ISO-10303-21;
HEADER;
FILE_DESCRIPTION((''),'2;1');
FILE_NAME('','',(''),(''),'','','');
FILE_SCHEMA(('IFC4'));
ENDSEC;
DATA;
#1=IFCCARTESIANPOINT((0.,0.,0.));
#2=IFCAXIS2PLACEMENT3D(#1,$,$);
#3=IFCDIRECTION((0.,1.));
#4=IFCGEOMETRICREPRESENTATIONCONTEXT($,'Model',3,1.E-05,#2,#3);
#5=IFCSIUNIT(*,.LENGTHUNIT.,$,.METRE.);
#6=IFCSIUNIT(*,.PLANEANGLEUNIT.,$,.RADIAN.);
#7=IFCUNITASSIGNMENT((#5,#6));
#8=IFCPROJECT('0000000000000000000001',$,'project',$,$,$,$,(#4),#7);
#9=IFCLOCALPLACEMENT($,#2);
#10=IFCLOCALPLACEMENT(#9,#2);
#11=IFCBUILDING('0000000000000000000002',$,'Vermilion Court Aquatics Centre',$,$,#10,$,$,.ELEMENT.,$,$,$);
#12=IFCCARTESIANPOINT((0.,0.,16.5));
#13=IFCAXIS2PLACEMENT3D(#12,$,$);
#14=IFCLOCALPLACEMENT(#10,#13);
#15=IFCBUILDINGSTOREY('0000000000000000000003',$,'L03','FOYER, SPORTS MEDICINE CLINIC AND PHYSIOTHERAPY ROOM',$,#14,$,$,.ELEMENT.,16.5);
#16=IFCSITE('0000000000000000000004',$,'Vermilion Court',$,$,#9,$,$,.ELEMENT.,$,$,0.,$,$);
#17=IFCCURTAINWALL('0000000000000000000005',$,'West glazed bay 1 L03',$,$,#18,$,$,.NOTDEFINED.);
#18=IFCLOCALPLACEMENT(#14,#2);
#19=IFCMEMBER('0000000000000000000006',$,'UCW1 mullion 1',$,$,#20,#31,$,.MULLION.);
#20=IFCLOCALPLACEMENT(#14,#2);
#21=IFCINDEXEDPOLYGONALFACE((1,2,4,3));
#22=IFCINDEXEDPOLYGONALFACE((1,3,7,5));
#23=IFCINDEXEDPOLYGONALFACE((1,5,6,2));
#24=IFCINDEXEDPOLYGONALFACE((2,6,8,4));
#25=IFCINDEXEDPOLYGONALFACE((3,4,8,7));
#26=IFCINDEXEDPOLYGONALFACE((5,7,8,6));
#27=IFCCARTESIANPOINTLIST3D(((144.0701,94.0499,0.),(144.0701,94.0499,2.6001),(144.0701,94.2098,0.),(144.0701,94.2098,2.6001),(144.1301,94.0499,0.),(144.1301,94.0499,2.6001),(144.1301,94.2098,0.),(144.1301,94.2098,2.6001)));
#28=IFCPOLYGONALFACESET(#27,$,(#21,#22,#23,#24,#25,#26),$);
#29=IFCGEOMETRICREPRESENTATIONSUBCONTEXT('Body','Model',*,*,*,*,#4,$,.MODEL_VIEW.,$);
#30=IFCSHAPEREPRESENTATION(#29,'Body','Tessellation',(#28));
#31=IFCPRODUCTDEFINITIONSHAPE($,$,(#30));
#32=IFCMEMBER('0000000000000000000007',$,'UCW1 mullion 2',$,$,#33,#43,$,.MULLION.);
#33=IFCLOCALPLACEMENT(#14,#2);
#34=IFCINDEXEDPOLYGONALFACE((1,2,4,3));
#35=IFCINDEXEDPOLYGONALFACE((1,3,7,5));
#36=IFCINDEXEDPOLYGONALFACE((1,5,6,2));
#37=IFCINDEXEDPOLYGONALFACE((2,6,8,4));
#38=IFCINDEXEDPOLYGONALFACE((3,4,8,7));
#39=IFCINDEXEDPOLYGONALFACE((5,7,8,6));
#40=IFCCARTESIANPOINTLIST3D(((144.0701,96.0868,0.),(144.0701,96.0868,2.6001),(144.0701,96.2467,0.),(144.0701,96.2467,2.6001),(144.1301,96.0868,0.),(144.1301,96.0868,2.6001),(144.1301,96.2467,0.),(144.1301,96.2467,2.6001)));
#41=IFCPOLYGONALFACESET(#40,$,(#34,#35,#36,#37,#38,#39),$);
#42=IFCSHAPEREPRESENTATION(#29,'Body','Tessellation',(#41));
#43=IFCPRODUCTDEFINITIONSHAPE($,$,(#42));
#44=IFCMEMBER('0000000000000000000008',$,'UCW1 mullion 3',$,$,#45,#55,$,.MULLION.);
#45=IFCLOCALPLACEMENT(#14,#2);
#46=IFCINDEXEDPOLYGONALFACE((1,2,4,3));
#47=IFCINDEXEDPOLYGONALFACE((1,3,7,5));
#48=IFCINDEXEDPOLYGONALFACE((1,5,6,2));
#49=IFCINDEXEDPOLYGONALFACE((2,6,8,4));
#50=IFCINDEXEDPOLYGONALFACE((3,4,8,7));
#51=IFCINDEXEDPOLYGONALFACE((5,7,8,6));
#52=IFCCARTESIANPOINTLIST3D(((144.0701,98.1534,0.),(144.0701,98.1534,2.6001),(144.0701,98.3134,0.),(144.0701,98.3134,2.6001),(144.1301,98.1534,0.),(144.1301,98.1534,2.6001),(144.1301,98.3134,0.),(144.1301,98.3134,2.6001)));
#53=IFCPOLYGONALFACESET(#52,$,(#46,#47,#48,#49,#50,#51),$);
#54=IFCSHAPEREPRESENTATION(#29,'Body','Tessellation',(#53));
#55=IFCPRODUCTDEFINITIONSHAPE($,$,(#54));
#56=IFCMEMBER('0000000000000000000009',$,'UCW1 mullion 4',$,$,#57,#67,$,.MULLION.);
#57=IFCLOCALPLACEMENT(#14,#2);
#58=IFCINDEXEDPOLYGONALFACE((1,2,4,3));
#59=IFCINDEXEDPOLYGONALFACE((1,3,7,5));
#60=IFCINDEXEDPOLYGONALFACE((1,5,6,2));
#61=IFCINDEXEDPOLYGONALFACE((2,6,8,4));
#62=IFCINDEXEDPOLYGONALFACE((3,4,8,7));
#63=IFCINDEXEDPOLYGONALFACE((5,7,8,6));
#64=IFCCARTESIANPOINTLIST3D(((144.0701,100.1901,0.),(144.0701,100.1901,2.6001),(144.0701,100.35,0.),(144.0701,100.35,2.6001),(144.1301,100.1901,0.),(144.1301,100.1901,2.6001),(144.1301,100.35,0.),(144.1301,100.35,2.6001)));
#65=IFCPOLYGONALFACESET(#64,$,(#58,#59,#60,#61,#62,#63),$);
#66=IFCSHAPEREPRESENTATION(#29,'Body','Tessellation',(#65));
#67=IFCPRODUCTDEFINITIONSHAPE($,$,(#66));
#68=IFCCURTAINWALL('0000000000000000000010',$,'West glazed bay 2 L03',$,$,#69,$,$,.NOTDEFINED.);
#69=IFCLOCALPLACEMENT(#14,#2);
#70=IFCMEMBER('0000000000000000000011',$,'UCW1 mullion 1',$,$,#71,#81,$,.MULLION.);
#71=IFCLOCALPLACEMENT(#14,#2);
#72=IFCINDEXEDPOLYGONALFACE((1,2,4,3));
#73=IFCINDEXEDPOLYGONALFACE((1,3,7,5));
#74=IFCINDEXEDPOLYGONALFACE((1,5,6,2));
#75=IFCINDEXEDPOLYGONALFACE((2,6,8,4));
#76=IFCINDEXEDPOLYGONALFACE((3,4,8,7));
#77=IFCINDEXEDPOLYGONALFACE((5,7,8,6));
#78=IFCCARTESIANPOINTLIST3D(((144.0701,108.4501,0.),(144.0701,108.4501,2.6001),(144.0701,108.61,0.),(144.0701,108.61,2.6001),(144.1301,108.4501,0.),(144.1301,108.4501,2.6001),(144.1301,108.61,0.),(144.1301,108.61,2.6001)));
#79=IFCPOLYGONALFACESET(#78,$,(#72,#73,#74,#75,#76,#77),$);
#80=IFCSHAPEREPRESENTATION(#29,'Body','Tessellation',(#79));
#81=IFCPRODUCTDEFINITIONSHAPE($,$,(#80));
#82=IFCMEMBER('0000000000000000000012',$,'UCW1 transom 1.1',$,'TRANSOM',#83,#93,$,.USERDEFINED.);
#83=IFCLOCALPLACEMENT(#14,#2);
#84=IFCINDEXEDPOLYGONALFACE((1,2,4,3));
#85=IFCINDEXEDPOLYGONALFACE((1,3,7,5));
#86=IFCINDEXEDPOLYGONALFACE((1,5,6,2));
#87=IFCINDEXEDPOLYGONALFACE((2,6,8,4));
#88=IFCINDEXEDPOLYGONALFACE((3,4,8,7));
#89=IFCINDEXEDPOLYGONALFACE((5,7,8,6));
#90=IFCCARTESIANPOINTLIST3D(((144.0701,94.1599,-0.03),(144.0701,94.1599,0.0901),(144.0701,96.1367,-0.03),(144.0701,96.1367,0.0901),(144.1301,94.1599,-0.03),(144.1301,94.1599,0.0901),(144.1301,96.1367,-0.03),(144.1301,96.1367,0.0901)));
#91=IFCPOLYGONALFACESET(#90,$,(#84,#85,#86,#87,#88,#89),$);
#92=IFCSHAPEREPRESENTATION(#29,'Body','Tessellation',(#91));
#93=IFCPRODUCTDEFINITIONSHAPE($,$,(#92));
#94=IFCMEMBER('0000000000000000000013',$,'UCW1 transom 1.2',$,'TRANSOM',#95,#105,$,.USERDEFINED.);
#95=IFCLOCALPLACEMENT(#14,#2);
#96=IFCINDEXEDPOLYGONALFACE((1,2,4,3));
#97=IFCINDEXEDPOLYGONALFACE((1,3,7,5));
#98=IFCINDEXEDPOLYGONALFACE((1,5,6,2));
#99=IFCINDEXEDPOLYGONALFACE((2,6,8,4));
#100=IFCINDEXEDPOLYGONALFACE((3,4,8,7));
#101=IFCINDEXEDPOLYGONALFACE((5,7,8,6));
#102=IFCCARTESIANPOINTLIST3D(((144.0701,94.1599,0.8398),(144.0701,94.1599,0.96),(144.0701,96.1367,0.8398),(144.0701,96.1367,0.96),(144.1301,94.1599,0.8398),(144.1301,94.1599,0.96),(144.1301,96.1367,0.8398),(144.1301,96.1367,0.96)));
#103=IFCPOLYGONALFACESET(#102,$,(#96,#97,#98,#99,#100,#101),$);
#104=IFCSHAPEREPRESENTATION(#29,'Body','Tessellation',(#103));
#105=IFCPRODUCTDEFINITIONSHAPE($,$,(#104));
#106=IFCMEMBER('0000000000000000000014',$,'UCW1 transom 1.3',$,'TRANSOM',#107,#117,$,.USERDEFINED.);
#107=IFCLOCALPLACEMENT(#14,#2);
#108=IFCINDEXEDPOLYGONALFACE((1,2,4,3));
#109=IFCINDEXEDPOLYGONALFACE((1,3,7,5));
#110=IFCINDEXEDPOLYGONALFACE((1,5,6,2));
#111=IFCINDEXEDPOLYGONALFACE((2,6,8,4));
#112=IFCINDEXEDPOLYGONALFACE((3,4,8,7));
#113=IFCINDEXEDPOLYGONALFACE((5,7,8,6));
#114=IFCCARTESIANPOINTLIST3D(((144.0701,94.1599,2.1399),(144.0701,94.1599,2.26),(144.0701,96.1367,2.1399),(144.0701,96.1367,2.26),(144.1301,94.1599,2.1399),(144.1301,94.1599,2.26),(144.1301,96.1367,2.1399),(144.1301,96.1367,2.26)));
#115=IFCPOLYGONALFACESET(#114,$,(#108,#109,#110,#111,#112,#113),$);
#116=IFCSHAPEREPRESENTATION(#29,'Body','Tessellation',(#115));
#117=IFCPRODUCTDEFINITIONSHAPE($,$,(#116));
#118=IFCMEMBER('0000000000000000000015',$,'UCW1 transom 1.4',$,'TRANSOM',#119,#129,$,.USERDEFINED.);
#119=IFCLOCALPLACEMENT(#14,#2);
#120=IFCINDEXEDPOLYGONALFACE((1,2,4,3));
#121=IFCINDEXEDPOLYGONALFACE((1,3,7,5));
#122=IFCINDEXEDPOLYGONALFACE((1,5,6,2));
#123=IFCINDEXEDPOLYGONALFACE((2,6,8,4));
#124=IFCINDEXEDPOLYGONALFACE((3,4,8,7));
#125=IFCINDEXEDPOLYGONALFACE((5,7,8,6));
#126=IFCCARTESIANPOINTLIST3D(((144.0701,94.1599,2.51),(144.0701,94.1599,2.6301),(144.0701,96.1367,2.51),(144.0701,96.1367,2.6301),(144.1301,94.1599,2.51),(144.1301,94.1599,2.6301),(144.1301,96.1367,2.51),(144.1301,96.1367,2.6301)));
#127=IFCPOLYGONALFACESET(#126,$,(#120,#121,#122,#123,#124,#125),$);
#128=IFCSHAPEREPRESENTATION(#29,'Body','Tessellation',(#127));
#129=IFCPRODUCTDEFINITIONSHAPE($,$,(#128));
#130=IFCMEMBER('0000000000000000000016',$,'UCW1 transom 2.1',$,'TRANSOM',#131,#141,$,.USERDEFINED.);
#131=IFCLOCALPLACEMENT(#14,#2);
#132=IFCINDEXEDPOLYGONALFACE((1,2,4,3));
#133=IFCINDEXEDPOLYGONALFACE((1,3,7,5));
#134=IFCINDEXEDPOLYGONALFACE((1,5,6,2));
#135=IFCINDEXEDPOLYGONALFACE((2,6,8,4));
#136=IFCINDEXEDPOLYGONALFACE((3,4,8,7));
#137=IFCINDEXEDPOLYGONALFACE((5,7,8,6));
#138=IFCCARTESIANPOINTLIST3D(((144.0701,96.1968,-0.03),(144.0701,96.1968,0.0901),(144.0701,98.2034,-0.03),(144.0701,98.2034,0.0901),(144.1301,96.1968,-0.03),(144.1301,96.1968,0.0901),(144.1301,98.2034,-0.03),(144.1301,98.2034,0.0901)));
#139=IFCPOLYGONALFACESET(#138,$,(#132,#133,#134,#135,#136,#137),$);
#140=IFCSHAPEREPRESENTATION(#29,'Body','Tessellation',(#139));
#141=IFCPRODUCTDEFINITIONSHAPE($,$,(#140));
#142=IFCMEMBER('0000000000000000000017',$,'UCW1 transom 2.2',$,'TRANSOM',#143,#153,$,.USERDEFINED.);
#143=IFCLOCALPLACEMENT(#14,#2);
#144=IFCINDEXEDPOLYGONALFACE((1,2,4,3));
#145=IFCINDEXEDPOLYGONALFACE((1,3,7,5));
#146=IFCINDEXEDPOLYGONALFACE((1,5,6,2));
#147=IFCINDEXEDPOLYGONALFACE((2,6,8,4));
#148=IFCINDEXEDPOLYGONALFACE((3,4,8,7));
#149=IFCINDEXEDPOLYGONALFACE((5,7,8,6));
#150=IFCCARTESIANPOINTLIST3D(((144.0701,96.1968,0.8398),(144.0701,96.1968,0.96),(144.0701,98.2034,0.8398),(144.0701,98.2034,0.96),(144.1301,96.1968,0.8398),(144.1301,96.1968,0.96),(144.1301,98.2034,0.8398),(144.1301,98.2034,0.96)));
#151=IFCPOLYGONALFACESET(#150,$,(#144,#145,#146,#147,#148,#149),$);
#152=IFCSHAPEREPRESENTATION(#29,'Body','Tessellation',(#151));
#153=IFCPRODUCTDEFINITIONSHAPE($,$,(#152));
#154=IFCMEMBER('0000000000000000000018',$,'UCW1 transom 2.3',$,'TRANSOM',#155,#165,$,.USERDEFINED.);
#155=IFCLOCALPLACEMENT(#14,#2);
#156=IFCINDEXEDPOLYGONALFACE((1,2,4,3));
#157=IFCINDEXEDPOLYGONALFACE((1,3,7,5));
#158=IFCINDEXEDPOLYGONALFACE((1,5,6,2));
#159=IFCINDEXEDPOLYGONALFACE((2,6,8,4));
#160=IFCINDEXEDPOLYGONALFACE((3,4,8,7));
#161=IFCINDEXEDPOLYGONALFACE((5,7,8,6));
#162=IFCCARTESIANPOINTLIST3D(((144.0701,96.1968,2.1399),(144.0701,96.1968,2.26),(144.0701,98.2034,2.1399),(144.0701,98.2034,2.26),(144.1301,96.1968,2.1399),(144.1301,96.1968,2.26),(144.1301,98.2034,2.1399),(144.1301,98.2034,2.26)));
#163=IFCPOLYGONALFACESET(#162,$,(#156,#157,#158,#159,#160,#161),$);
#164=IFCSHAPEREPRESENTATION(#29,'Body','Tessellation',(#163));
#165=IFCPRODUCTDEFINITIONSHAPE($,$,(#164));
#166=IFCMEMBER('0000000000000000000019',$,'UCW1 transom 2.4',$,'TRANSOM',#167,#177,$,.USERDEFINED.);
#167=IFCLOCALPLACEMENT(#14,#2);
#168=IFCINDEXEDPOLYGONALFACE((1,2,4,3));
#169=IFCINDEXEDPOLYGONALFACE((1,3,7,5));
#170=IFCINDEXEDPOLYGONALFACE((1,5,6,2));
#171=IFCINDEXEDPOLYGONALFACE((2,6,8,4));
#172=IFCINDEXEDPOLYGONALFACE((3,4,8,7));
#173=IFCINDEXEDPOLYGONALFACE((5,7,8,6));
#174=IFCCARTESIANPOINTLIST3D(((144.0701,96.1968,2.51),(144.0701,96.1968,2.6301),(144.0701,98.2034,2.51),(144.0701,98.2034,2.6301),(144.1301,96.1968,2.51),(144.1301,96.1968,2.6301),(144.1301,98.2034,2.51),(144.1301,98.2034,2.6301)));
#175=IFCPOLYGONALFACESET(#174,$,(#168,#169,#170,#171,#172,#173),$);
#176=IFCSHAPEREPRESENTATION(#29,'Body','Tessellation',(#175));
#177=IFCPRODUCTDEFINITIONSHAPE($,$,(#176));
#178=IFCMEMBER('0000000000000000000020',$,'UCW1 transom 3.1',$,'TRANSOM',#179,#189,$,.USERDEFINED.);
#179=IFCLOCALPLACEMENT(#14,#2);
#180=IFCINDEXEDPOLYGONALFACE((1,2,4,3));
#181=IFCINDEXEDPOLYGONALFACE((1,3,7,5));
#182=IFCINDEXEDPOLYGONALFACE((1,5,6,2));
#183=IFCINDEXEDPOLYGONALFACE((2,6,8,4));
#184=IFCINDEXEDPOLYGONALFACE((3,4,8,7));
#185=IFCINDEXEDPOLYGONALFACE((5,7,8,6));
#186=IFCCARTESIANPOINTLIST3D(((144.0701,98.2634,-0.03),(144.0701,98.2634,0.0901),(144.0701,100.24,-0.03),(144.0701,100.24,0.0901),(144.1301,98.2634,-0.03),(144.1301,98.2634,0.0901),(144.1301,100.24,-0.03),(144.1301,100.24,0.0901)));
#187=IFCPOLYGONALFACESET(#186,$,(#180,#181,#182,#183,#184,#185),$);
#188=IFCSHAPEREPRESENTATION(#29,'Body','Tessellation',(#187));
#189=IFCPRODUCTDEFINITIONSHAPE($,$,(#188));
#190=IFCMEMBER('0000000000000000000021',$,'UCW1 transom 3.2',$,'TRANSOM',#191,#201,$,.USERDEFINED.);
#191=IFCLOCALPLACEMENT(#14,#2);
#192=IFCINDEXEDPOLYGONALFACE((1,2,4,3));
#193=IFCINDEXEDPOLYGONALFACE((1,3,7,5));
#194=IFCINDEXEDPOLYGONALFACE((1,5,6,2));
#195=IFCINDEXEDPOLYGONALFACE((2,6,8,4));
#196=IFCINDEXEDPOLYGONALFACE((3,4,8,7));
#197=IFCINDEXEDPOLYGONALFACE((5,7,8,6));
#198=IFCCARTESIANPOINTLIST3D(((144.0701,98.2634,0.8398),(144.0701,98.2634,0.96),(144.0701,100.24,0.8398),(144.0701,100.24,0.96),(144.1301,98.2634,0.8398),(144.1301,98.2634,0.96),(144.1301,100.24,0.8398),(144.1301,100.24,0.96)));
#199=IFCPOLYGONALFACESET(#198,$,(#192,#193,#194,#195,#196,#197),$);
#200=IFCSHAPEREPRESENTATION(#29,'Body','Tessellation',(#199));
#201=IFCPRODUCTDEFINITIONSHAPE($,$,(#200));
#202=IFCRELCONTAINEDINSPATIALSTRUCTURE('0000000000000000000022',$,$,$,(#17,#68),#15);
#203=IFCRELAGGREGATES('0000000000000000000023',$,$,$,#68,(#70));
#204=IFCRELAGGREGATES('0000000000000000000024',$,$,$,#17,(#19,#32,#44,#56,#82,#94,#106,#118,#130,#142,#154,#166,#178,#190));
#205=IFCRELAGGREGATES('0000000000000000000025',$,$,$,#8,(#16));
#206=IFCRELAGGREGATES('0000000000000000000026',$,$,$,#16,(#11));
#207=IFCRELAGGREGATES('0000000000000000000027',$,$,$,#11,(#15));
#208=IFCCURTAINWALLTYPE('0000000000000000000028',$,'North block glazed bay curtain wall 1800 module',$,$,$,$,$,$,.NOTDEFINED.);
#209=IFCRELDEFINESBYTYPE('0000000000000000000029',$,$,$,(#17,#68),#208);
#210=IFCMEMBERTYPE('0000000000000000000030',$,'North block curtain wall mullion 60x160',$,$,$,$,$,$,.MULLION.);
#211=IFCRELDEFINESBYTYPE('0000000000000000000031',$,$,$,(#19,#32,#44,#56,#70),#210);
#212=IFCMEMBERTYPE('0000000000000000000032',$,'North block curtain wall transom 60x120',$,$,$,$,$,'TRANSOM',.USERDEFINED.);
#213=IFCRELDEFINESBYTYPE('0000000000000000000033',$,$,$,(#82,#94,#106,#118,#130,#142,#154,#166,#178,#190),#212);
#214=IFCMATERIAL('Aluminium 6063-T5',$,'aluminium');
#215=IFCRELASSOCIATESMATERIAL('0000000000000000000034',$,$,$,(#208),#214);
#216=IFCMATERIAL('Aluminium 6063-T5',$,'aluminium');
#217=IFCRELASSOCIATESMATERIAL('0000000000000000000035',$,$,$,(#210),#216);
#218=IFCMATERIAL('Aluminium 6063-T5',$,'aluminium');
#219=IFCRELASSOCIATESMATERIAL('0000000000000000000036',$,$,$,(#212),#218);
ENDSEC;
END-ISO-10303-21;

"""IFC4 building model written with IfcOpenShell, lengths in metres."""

from ifc_helpers import new_model, si_unit, direction, frame, origin, origin_2d, place, context, subcontext, project, spatial, rectangle, extrude, material, material_profile, profile_set, type_object, element, aggregate, save


model = new_model("IFC4")

# Units and contexts
model_context = context("Model", 3, precision=1e-05, world=origin(), true_north=direction((0.0, 1.0)))
body_context = subcontext(model_context, "Body", "Model", "MODEL_VIEW")
ifc_project = project(units=[si_unit("LENGTHUNIT", "METRE"), si_unit("PLANEANGLEUNIT", "RADIAN")], contexts=[model_context])

# Site, building, storey
site_placement = place(None, origin())
site = spatial("IfcSite", under=ifc_project, at=site_placement, Name="Vermilion Court", CompositionType="ELEMENT", RefElevation=0.0)
building_placement = place(site_placement, origin())
building = spatial("IfcBuilding", under=site, at=building_placement, Name="Vermilion Court Aquatics Centre", CompositionType="ELEMENT")
storey_placement = place(building_placement, frame((0.0, 0.0, 16.5)))
storey = spatial("IfcBuildingStorey", under=building, at=storey_placement, Name="L03", Description="FOYER, SPORTS MEDICINE CLINIC AND PHYSIOTHERAPY ROOM", CompositionType="ELEMENT", Elevation=16.5)

# Curtain wall, members
ifc_material_1 = material(Name="Aluminium 6063-T5", Category="aluminium")
curtain_wall_type = type_object("IfcCurtainWallType", Name="North block glazed bay curtain wall 1800 module", PredefinedType="NOTDEFINED", material=ifc_material_1)
curtain_wall_1_placement = place(storey_placement, origin())
curtain_wall_1 = element("IfcCurtainWall", 1, at=curtain_wall_1_placement, inside=storey, type_object=curtain_wall_type, Name="West glazed bay 1 L03", PredefinedType="NOTDEFINED")
ifc_material_2 = material(Name="Aluminium 6063-T5", Category="aluminium")
ifc_material_profile_1 = material_profile(ifc_material_2, rectangle(XDim=0.0601, YDim=0.1599, at=origin_2d()), Name="AL 60x160")
ifc_profile_set_1 = profile_set([ifc_material_profile_1], Name="Aluminium 6063-T5")
member_type_1 = type_object("IfcMemberType", Name="North block curtain wall mullion 60x160", PredefinedType="MULLION", material=ifc_profile_set_1)
member_1_placement = place(storey_placement, frame((144.1001, 94.1299, 0.0), z_axis=(0.0, 0.0, 1.0), x_axis=(-1.0, 0.0, 0.0)))
member_1 = element("IfcMember", 2, at=member_1_placement, type_object=member_type_1, Name="UCW1 mullion 1", PredefinedType="MULLION", context=body_context, shape_type="SweptSolid", body=[
    extrude(rectangle(XDim=0.0601, YDim=0.1599, at=origin_2d()), origin(), (0.0, 0.0, 1.0), 2.6001),
])
member_2_placement = place(storey_placement, frame((144.1001, 96.1667, 0.0), z_axis=(0.0, 0.0, 1.0), x_axis=(-1.0, 0.0, 0.0)))
member_2 = element("IfcMember", 3, at=member_2_placement, type_object=member_type_1, Name="UCW1 mullion 2", PredefinedType="MULLION", context=body_context, shape_type="SweptSolid", body=[
    extrude(rectangle(XDim=0.0601, YDim=0.1599, at=origin_2d()), origin(), (0.0, 0.0, 1.0), 2.6001),
])
member_3_placement = place(storey_placement, frame((144.1001, 98.2334, 0.0), z_axis=(0.0, 0.0, 1.0), x_axis=(-1.0, 0.0, 0.0)))
member_3 = element("IfcMember", 4, at=member_3_placement, type_object=member_type_1, Name="UCW1 mullion 3", PredefinedType="MULLION", context=body_context, shape_type="SweptSolid", body=[
    extrude(rectangle(XDim=0.0601, YDim=0.1599, at=origin_2d()), origin(), (0.0, 0.0, 1.0), 2.6001),
])
member_4_placement = place(storey_placement, frame((144.1001, 100.27, 0.0), z_axis=(0.0, 0.0, 1.0), x_axis=(-1.0, 0.0, 0.0)))
member_4 = element("IfcMember", 5, at=member_4_placement, type_object=member_type_1, Name="UCW1 mullion 4", PredefinedType="MULLION", context=body_context, shape_type="SweptSolid", body=[
    extrude(rectangle(XDim=0.0601, YDim=0.1599, at=origin_2d()), origin(), (0.0, 0.0, 1.0), 2.6001),
])

# Curtain wall, member
curtain_wall_2_placement = place(storey_placement, origin())
curtain_wall_2 = element("IfcCurtainWall", 6, at=curtain_wall_2_placement, inside=storey, type_object=curtain_wall_type, Name="West glazed bay 2 L03", PredefinedType="NOTDEFINED")
member_5_placement = place(storey_placement, frame((144.1001, 108.53, 0.0), z_axis=(0.0, 0.0, 1.0), x_axis=(-1.0, 0.0, 0.0)))
member_5 = element("IfcMember", 7, at=member_5_placement, type_object=member_type_1, Name="UCW1 mullion 1", PredefinedType="MULLION", context=body_context, shape_type="SweptSolid", body=[
    extrude(rectangle(XDim=0.0601, YDim=0.1599, at=origin_2d()), origin(), (0.0, 0.0, 1.0), 2.6001),
])

# Members
ifc_material_3 = material(Name="Aluminium 6063-T5", Category="aluminium")
ifc_material_profile_2 = material_profile(ifc_material_3, rectangle(XDim=0.0601, YDim=0.1201, at=origin_2d()), Name="AL 60x120")
ifc_profile_set_2 = profile_set([ifc_material_profile_2], Name="Aluminium 6063-T5")
member_type_2 = type_object("IfcMemberType", Name="North block curtain wall transom 60x120", ElementType="TRANSOM", PredefinedType="USERDEFINED", material=ifc_profile_set_2)
member_6_placement = place(storey_placement, frame((144.1001, 94.1599, 0.03), z_axis=(0.0, 1.0, 0.0), x_axis=(-1.0, 0.0, 0.0)))
member_6 = element("IfcMember", 8, at=member_6_placement, type_object=member_type_2, Name="UCW1 transom 1.1", ObjectType="TRANSOM", PredefinedType="USERDEFINED", context=body_context, shape_type="SweptSolid", body=[
    extrude(rectangle(XDim=0.0601, YDim=0.1201, at=origin_2d()), origin(), (0.0, 0.0, 1.0), 1.9768),
])
member_7_placement = place(storey_placement, frame((144.1001, 94.1599, 0.8999), z_axis=(0.0, 1.0, 0.0), x_axis=(-1.0, 0.0, 0.0)))
member_7 = element("IfcMember", 9, at=member_7_placement, type_object=member_type_2, Name="UCW1 transom 1.2", ObjectType="TRANSOM", PredefinedType="USERDEFINED", context=body_context, shape_type="SweptSolid", body=[
    extrude(rectangle(XDim=0.0601, YDim=0.1201, at=origin_2d()), origin(), (0.0, 0.0, 1.0), 1.9768),
])
member_8_placement = place(storey_placement, frame((144.1001, 94.1599, 2.2), z_axis=(0.0, 1.0, 0.0), x_axis=(-1.0, 0.0, 0.0)))
member_8 = element("IfcMember", 10, at=member_8_placement, type_object=member_type_2, Name="UCW1 transom 1.3", ObjectType="TRANSOM", PredefinedType="USERDEFINED", context=body_context, shape_type="SweptSolid", body=[
    extrude(rectangle(XDim=0.0601, YDim=0.1201, at=origin_2d()), origin(), (0.0, 0.0, 1.0), 1.9768),
])
member_9_placement = place(storey_placement, frame((144.1001, 94.1599, 2.5701), z_axis=(0.0, 1.0, 0.0), x_axis=(-1.0, 0.0, 0.0)))
member_9 = element("IfcMember", 11, at=member_9_placement, type_object=member_type_2, Name="UCW1 transom 1.4", ObjectType="TRANSOM", PredefinedType="USERDEFINED", context=body_context, shape_type="SweptSolid", body=[
    extrude(rectangle(XDim=0.0601, YDim=0.1201, at=origin_2d()), origin(), (0.0, 0.0, 1.0), 1.9768),
])
member_10_placement = place(storey_placement, frame((144.1001, 96.1968, 0.03), z_axis=(0.0, 1.0, 0.0), x_axis=(-1.0, 0.0, 0.0)))
member_10 = element("IfcMember", 12, at=member_10_placement, type_object=member_type_2, Name="UCW1 transom 2.1", ObjectType="TRANSOM", PredefinedType="USERDEFINED", context=body_context, shape_type="SweptSolid", body=[
    extrude(rectangle(XDim=0.0601, YDim=0.1201, at=origin_2d()), origin(), (0.0, 0.0, 1.0), 2.0066),
])
member_11_placement = place(storey_placement, frame((144.1001, 96.1968, 0.8999), z_axis=(0.0, 1.0, 0.0), x_axis=(-1.0, 0.0, 0.0)))
member_11 = element("IfcMember", 13, at=member_11_placement, type_object=member_type_2, Name="UCW1 transom 2.2", ObjectType="TRANSOM", PredefinedType="USERDEFINED", context=body_context, shape_type="SweptSolid", body=[
    extrude(rectangle(XDim=0.0601, YDim=0.1201, at=origin_2d()), origin(), (0.0, 0.0, 1.0), 2.0066),
])
member_12_placement = place(storey_placement, frame((144.1001, 96.1968, 2.2), z_axis=(0.0, 1.0, 0.0), x_axis=(-1.0, 0.0, 0.0)))
member_12 = element("IfcMember", 14, at=member_12_placement, type_object=member_type_2, Name="UCW1 transom 2.3", ObjectType="TRANSOM", PredefinedType="USERDEFINED", context=body_context, shape_type="SweptSolid", body=[
    extrude(rectangle(XDim=0.0601, YDim=0.1201, at=origin_2d()), origin(), (0.0, 0.0, 1.0), 2.0066),
])
member_13_placement = place(storey_placement, frame((144.1001, 96.1968, 2.5701), z_axis=(0.0, 1.0, 0.0), x_axis=(-1.0, 0.0, 0.0)))
member_13 = element("IfcMember", 15, at=member_13_placement, type_object=member_type_2, Name="UCW1 transom 2.4", ObjectType="TRANSOM", PredefinedType="USERDEFINED", context=body_context, shape_type="SweptSolid", body=[
    extrude(rectangle(XDim=0.0601, YDim=0.1201, at=origin_2d()), origin(), (0.0, 0.0, 1.0), 2.0066),
])
member_14_placement = place(storey_placement, frame((144.1001, 98.2634, 0.03), z_axis=(0.0, 1.0, 0.0), x_axis=(-1.0, 0.0, 0.0)))
member_14 = element("IfcMember", 16, at=member_14_placement, type_object=member_type_2, Name="UCW1 transom 3.1", ObjectType="TRANSOM", PredefinedType="USERDEFINED", context=body_context, shape_type="SweptSolid", body=[
    extrude(rectangle(XDim=0.0601, YDim=0.1201, at=origin_2d()), origin(), (0.0, 0.0, 1.0), 1.9766),
])
member_15_placement = place(storey_placement, frame((144.1001, 98.2634, 0.8999), z_axis=(0.0, 1.0, 0.0), x_axis=(-1.0, 0.0, 0.0)))
member_15 = element("IfcMember", 17, at=member_15_placement, type_object=member_type_2, Name="UCW1 transom 3.2", ObjectType="TRANSOM", PredefinedType="USERDEFINED", context=body_context, shape_type="SweptSolid", body=[
    extrude(rectangle(XDim=0.0601, YDim=0.1201, at=origin_2d()), origin(), (0.0, 0.0, 1.0), 1.9766),
])
aggregate(curtain_wall_2, [member_5])

aggregate(curtain_wall_1, [member_1, member_2, member_3, member_4, member_6, member_7, member_8, member_9, member_10, member_11, member_12, member_13, member_14, member_15])

save(model, "model.ifc")
